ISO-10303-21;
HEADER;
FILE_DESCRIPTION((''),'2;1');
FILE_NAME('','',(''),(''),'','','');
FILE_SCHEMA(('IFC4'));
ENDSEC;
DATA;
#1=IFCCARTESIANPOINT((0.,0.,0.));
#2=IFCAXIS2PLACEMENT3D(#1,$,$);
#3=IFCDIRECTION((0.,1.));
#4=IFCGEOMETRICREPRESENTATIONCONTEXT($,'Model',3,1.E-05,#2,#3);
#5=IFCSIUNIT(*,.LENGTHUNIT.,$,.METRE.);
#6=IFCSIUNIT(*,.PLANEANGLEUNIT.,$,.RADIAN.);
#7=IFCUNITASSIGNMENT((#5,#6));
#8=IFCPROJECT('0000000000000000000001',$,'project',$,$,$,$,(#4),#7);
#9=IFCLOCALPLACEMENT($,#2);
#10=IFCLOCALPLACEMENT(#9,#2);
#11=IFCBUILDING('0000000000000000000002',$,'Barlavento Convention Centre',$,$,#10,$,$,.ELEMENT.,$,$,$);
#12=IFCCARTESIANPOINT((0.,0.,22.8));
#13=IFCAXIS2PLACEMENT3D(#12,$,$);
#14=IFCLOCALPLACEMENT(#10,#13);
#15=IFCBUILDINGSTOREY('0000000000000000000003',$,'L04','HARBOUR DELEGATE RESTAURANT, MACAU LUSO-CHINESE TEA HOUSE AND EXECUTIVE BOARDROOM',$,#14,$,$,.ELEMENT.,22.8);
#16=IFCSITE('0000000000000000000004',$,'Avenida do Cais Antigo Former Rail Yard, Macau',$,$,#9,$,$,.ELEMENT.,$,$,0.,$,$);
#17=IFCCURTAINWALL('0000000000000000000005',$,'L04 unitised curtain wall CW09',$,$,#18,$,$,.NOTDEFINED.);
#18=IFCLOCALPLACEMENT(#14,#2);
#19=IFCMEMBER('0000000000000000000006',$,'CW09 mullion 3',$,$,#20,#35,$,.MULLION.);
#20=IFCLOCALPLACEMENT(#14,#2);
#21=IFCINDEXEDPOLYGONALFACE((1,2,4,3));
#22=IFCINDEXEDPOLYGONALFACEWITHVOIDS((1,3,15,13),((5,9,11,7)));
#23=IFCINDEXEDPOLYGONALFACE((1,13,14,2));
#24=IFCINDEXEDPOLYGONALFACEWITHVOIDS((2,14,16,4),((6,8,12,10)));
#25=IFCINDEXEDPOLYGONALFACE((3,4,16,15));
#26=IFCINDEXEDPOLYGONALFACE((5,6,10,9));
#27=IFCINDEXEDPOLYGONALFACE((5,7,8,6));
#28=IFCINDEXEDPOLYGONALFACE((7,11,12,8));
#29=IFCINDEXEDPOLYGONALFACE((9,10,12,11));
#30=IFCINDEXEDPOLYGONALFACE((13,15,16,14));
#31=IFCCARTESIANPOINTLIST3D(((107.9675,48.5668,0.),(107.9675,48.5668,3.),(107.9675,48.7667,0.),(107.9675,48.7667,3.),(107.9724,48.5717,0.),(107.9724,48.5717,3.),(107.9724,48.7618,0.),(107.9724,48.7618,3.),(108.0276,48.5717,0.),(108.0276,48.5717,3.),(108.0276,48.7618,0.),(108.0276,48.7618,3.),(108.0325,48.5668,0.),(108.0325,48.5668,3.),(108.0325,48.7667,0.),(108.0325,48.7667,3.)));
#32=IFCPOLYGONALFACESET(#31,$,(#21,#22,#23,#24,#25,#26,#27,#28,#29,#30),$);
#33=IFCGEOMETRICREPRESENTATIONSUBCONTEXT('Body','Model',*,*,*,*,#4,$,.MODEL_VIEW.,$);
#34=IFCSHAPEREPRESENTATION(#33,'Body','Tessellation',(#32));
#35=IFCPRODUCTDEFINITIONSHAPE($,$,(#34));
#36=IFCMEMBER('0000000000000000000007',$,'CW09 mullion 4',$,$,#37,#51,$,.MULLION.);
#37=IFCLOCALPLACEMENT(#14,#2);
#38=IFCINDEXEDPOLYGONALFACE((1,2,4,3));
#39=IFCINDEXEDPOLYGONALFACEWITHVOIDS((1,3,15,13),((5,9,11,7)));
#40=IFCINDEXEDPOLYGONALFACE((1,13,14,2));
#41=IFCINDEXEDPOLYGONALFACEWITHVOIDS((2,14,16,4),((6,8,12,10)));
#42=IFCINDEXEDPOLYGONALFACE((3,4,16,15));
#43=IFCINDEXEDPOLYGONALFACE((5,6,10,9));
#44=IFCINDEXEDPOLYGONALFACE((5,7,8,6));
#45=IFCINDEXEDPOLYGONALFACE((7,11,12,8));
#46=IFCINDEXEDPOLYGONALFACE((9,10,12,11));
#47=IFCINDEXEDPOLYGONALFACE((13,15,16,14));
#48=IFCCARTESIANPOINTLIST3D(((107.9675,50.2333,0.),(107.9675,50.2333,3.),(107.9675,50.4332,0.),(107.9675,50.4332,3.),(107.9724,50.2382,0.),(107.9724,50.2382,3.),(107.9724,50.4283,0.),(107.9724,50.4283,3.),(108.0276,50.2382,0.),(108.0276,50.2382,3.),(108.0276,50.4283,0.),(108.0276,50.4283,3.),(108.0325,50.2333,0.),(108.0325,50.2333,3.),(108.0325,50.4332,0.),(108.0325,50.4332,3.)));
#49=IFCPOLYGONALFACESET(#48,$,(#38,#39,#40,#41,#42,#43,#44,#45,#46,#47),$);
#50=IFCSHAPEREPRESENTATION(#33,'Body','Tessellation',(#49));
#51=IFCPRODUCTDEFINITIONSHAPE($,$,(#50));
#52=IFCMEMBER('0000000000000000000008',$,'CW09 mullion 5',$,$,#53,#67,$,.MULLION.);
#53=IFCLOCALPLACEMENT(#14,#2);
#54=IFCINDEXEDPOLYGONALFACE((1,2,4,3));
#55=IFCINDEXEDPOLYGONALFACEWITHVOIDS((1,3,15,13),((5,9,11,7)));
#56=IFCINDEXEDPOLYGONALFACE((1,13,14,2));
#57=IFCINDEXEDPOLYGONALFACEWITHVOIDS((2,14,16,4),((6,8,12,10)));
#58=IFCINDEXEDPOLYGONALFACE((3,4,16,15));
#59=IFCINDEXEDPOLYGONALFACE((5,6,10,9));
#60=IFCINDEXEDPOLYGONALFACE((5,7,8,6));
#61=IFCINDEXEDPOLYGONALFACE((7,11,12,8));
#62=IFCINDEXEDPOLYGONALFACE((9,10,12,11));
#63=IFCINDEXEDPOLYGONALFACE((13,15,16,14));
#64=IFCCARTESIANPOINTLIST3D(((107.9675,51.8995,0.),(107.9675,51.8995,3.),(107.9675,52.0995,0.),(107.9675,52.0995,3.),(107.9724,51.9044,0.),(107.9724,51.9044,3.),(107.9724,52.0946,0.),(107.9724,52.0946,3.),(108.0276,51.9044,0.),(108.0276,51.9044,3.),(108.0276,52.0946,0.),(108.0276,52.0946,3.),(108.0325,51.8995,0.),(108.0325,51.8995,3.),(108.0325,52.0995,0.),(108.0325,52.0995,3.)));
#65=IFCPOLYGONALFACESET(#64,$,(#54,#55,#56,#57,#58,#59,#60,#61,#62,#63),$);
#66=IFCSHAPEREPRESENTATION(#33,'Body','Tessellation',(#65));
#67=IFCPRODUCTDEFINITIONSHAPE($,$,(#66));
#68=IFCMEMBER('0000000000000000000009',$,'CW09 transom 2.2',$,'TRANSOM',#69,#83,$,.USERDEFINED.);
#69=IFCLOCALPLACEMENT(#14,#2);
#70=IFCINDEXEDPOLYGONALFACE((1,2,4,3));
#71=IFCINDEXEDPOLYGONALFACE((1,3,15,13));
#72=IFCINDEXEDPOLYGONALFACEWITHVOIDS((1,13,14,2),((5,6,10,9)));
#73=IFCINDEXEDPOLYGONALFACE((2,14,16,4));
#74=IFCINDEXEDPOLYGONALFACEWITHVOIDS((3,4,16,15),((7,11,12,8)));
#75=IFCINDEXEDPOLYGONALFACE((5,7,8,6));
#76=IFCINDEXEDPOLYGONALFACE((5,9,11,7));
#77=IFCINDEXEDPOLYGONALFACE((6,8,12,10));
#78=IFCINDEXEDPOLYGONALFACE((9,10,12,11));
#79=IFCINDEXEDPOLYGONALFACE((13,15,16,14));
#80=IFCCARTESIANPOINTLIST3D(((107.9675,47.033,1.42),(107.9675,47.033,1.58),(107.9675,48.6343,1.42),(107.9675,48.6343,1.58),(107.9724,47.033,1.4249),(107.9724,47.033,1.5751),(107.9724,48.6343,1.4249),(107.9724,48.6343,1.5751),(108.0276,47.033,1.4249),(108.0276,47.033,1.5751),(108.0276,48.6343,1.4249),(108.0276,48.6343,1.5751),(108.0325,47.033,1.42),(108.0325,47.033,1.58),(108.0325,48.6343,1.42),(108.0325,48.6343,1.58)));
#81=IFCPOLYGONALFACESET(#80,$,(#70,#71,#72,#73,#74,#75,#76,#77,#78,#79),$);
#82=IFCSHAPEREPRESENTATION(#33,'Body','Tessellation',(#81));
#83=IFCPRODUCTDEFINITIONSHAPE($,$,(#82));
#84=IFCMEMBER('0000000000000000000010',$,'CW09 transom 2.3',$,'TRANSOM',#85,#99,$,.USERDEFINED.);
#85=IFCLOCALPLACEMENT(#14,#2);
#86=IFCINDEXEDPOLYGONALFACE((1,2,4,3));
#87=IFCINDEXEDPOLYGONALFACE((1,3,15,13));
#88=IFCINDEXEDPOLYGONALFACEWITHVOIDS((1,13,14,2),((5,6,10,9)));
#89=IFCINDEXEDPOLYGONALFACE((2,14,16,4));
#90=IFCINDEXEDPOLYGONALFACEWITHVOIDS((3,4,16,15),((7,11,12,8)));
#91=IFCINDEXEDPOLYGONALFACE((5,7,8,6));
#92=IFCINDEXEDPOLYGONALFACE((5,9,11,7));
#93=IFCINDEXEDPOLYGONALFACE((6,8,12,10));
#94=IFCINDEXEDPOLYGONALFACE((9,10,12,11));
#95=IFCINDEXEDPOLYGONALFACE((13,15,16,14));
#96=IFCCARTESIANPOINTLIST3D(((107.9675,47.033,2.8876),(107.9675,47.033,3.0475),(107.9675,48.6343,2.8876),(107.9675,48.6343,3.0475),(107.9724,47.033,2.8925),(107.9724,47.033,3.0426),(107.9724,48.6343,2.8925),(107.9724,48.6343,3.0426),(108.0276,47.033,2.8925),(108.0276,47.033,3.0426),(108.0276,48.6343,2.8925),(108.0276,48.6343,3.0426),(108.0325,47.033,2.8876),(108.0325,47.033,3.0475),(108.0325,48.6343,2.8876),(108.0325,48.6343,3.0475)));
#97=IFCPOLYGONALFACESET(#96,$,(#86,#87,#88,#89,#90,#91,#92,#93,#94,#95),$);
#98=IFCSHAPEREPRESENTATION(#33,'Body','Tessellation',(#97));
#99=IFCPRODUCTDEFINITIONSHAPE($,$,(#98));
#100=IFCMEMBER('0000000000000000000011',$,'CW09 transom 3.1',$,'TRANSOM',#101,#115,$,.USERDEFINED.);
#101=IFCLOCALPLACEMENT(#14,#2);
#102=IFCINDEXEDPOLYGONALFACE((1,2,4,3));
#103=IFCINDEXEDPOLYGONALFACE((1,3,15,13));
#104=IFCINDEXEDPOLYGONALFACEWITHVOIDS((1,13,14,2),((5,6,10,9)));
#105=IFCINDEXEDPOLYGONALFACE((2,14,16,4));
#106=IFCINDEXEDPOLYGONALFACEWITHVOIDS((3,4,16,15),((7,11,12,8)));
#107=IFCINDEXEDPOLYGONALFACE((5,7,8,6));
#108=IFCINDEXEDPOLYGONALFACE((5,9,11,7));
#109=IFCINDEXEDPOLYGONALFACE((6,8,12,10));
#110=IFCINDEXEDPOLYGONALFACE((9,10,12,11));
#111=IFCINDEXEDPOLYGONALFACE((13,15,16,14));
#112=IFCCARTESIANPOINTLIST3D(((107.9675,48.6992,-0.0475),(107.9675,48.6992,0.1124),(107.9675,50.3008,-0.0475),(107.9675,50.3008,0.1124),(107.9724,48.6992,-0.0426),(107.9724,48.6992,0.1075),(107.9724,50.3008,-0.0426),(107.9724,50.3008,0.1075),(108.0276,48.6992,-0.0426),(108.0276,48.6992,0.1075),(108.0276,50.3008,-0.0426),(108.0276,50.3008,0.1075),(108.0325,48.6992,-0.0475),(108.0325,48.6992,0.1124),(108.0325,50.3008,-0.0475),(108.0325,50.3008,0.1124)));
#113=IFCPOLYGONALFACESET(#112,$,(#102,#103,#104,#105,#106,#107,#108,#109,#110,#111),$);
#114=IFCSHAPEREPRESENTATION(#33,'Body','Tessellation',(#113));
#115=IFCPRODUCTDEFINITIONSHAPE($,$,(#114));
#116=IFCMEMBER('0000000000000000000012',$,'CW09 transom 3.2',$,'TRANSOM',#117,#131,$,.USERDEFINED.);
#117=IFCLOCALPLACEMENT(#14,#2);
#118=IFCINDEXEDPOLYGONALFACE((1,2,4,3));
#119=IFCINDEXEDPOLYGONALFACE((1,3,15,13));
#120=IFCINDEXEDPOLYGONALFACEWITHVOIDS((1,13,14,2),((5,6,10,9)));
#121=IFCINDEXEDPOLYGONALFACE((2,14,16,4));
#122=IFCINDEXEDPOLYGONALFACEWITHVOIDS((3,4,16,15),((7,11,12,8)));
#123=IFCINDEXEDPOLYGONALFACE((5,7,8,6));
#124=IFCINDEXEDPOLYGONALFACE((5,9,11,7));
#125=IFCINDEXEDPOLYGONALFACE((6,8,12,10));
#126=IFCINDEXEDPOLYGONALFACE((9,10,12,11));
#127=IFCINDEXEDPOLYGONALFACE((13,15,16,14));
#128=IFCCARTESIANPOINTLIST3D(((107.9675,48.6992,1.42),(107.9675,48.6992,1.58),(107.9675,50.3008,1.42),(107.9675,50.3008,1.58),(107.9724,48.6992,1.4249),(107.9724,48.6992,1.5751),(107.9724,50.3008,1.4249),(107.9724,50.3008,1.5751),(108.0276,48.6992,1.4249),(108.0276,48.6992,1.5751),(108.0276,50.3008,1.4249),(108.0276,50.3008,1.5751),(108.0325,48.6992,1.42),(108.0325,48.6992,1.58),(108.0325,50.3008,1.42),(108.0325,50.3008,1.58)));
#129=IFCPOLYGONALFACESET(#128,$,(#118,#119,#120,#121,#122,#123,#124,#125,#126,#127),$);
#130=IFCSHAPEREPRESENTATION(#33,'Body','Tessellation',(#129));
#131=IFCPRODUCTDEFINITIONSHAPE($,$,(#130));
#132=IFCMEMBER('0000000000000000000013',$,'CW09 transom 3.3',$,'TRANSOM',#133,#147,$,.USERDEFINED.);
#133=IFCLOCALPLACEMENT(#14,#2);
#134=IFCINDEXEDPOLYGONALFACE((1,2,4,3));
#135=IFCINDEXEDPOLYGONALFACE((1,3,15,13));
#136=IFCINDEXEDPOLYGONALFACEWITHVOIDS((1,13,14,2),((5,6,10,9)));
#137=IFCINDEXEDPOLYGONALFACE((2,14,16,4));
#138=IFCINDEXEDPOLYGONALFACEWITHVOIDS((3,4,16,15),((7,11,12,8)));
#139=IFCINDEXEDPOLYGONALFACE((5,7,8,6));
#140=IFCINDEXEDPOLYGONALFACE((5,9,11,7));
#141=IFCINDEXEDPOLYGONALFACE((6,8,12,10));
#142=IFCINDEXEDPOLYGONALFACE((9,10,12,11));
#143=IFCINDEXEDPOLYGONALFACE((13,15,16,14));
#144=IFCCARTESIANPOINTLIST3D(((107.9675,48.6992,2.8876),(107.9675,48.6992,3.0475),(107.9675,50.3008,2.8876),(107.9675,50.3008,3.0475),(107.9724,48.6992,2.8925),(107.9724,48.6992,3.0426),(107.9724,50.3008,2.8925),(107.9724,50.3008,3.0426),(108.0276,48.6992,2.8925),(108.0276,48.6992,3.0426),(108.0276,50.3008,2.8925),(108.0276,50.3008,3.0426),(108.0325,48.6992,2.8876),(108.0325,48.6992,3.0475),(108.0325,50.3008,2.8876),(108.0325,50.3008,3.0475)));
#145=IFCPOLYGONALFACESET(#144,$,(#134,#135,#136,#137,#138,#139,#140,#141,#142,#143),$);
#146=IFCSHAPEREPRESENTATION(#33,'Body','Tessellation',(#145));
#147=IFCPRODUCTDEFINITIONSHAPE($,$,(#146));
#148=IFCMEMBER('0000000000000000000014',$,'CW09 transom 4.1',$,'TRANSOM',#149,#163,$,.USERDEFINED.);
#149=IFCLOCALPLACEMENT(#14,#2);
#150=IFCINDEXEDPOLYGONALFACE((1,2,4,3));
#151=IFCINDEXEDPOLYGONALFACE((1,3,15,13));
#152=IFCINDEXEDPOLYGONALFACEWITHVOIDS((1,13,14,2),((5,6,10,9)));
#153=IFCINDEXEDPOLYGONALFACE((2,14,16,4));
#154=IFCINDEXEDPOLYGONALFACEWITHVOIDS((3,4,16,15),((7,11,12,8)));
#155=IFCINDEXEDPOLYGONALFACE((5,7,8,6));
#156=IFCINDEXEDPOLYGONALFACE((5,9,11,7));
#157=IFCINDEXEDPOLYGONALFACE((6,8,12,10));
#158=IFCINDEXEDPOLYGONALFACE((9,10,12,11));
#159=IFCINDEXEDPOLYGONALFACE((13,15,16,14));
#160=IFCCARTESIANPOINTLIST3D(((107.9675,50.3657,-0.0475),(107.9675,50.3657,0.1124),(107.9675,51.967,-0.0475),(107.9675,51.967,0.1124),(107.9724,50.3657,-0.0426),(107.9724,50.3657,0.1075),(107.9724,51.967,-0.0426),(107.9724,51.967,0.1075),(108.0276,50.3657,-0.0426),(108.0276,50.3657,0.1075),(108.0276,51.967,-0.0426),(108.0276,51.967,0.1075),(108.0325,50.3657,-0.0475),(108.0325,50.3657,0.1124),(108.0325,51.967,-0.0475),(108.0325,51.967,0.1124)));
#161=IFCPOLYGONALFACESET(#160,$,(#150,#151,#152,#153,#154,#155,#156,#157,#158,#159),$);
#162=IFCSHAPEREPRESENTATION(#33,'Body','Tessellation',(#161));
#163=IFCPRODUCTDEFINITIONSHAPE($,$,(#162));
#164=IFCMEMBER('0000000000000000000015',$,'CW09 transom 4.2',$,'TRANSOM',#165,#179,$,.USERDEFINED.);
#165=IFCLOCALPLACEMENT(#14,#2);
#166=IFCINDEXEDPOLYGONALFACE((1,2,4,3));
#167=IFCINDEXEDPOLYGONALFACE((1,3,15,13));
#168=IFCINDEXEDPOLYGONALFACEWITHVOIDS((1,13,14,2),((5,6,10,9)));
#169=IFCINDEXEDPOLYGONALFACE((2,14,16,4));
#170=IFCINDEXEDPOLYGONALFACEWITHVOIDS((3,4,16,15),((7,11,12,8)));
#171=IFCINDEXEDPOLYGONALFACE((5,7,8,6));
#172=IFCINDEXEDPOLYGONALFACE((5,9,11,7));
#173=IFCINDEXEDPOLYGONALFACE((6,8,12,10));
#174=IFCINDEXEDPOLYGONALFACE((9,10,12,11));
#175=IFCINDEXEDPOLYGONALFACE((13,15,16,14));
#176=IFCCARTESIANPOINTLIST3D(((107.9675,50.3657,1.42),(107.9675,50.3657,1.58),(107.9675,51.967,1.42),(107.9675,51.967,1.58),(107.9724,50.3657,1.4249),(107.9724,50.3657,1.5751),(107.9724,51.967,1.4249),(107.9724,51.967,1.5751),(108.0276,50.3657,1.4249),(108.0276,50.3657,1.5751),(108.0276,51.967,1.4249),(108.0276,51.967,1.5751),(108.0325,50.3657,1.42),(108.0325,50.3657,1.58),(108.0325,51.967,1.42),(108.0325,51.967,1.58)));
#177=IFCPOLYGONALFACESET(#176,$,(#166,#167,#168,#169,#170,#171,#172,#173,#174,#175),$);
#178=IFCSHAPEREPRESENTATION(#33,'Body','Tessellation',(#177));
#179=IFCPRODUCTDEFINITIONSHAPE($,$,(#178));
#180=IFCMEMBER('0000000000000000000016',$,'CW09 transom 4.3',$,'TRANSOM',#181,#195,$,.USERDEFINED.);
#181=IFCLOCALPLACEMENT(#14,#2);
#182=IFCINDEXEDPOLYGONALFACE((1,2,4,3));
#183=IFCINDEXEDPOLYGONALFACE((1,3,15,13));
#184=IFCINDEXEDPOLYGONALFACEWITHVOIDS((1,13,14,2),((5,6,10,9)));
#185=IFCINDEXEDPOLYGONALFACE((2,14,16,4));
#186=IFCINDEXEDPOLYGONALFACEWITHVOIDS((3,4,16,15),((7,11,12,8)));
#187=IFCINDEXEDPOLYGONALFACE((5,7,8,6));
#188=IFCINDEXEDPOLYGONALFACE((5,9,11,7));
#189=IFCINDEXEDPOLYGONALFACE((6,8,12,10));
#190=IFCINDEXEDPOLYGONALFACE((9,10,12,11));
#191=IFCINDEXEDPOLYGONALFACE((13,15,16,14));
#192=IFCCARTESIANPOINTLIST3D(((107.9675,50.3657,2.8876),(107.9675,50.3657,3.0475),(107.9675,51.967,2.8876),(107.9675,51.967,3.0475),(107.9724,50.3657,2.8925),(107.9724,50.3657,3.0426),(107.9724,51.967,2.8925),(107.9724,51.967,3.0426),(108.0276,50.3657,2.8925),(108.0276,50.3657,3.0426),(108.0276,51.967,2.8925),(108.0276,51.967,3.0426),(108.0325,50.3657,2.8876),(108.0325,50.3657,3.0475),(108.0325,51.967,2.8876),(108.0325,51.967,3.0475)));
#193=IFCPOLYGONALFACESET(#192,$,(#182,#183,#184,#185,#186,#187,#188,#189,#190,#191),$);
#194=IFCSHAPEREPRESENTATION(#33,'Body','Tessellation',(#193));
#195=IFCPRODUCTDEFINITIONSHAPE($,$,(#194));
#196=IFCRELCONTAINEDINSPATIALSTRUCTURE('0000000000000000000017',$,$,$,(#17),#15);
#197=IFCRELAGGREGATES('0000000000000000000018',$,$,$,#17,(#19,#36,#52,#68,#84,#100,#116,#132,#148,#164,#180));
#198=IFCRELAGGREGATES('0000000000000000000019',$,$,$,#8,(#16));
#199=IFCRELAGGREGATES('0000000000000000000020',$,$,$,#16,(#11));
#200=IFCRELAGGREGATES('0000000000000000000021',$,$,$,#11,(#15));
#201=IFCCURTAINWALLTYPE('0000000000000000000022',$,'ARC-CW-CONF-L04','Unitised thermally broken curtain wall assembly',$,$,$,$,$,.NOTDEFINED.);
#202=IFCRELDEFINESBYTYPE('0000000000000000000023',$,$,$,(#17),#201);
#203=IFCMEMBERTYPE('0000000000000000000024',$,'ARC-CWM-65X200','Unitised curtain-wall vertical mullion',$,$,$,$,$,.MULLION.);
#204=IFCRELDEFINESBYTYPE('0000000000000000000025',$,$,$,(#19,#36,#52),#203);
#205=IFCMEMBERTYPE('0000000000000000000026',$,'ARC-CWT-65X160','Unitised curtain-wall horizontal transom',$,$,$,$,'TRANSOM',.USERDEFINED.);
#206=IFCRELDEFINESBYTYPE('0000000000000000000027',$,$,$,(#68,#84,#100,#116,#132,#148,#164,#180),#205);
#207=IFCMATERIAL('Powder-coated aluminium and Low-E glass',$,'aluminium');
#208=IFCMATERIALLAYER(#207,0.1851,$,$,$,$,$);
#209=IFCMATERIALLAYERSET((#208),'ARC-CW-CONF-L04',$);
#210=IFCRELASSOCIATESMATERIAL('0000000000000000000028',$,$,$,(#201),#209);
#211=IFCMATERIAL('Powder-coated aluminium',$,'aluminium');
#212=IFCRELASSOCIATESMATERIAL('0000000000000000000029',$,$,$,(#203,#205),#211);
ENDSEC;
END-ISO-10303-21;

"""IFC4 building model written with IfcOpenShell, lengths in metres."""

from ifc_helpers import new_model, si_unit, direction, frame, origin, origin_2d, place, context, subcontext, project, spatial, hollow_rectangle, extrude, material, layer, layer_set, material_profile, profile_set, type_object, element, aggregate, save


model = new_model("IFC4")

# Units and contexts
model_context = context("Model", 3, precision=1e-05, world=origin(), true_north=direction((0.0, 1.0)))
body_context = subcontext(model_context, "Body", "Model", "MODEL_VIEW")
ifc_project = project(units=[si_unit("LENGTHUNIT", "METRE"), si_unit("PLANEANGLEUNIT", "RADIAN")], contexts=[model_context])

# Site, building, storey
site_placement = place(None, origin())
site = spatial("IfcSite", under=ifc_project, at=site_placement, Name="Avenida do Cais Antigo Former Rail Yard, Macau", CompositionType="ELEMENT", RefElevation=0.0)
building_placement = place(site_placement, origin())
building = spatial("IfcBuilding", under=site, at=building_placement, Name="Barlavento Convention Centre", CompositionType="ELEMENT")
storey_placement = place(building_placement, frame((0.0, 0.0, 22.8)))
storey = spatial("IfcBuildingStorey", under=building, at=storey_placement, Name="L04", Description="HARBOUR DELEGATE RESTAURANT, MACAU LUSO-CHINESE TEA HOUSE AND EXECUTIVE BOARDROOM", CompositionType="ELEMENT", Elevation=22.8)

# Curtain wall, members
ifc_material_1 = material(Name="Powder-coated aluminium and Low-E glass", Category="aluminium")
ifc_layer_1 = layer(ifc_material_1, 0.1851)
ifc_layer_set_1 = layer_set([ifc_layer_1], Name="ARC-CW-CONF-L04")
curtain_wall_type = type_object("IfcCurtainWallType", Name="ARC-CW-CONF-L04", Description="Unitised thermally broken curtain wall assembly", PredefinedType="NOTDEFINED", material=ifc_layer_set_1)
curtain_wall_placement = place(storey_placement, origin())
curtain_wall = element("IfcCurtainWall", 1, at=curtain_wall_placement, inside=storey, type_object=curtain_wall_type, Name="L04 unitised curtain wall CW09", PredefinedType="NOTDEFINED")
ifc_material_2 = material(Name="Powder-coated aluminium", Category="aluminium")
ifc_material_profile_1 = material_profile(ifc_material_2, hollow_rectangle(XDim=0.0649, YDim=0.2, WallThickness=0.0049, at=origin_2d()), Name="AL-MULL 65x200x5")
ifc_profile_set_1 = profile_set([ifc_material_profile_1], Name="Powder-coated aluminium")
member_type_1 = type_object("IfcMemberType", Name="ARC-CWM-65X200", Description="Unitised curtain-wall vertical mullion", PredefinedType="MULLION", material=ifc_profile_set_1)
member_1_placement = place(storey_placement, frame((108.0, 48.6667, 0.0), z_axis=(0.0, 0.0, 1.0), x_axis=(-1.0, 0.0, 0.0)))
member_1 = element("IfcMember", 2, at=member_1_placement, type_object=member_type_1, Name="CW09 mullion 3", PredefinedType="MULLION", context=body_context, shape_type="SweptSolid", body=[
    extrude(hollow_rectangle(XDim=0.0649, YDim=0.2, WallThickness=0.0049, at=origin_2d()), origin(), (0.0, 0.0, 1.0), 3.0),
])
member_2_placement = place(storey_placement, frame((108.0, 50.3333, 0.0), z_axis=(0.0, 0.0, 1.0), x_axis=(-1.0, 0.0, 0.0)))
member_2 = element("IfcMember", 3, at=member_2_placement, type_object=member_type_1, Name="CW09 mullion 4", PredefinedType="MULLION", context=body_context, shape_type="SweptSolid", body=[
    extrude(hollow_rectangle(XDim=0.0649, YDim=0.2, WallThickness=0.0049, at=origin_2d()), origin(), (0.0, 0.0, 1.0), 3.0),
])
member_3_placement = place(storey_placement, frame((108.0, 51.9995, 0.0), z_axis=(0.0, 0.0, 1.0), x_axis=(-1.0, 0.0, 0.0)))
member_3 = element("IfcMember", 4, at=member_3_placement, type_object=member_type_1, Name="CW09 mullion 5", PredefinedType="MULLION", context=body_context, shape_type="SweptSolid", body=[
    extrude(hollow_rectangle(XDim=0.0649, YDim=0.2, WallThickness=0.0049, at=origin_2d()), origin(), (0.0, 0.0, 1.0), 3.0),
])
ifc_material_profile_2 = material_profile(ifc_material_2, hollow_rectangle(XDim=0.0649, YDim=0.1599, WallThickness=0.0049, at=origin_2d()), Name="AL-TRAN 65x160x5")
ifc_profile_set_2 = profile_set([ifc_material_profile_2], Name="Powder-coated aluminium")
member_type_2 = type_object("IfcMemberType", Name="ARC-CWT-65X160", Description="Unitised curtain-wall horizontal transom", ElementType="TRANSOM", PredefinedType="USERDEFINED", material=ifc_profile_set_2)
member_4_placement = place(storey_placement, frame((108.0, 47.033, 1.5), z_axis=(0.0, 1.0, 0.0), x_axis=(-1.0, 0.0, 0.0)))
member_4 = element("IfcMember", 5, at=member_4_placement, type_object=member_type_2, Name="CW09 transom 2.2", ObjectType="TRANSOM", PredefinedType="USERDEFINED", context=body_context, shape_type="SweptSolid", body=[
    extrude(hollow_rectangle(XDim=0.0649, YDim=0.1599, WallThickness=0.0049, at=origin_2d()), origin(), (0.0, 0.0, 1.0), 1.6013),
])
member_5_placement = place(storey_placement, frame((108.0, 47.033, 2.9675), z_axis=(0.0, 1.0, 0.0), x_axis=(-1.0, 0.0, 0.0)))
member_5 = element("IfcMember", 6, at=member_5_placement, type_object=member_type_2, Name="CW09 transom 2.3", ObjectType="TRANSOM", PredefinedType="USERDEFINED", context=body_context, shape_type="SweptSolid", body=[
    extrude(hollow_rectangle(XDim=0.0649, YDim=0.1599, WallThickness=0.0049, at=origin_2d()), origin(), (0.0, 0.0, 1.0), 1.6013),
])
member_6_placement = place(storey_placement, frame((108.0, 48.6992, 0.0325), z_axis=(0.0, 1.0, 0.0), x_axis=(-1.0, 0.0, 0.0)))
member_6 = element("IfcMember", 7, at=member_6_placement, type_object=member_type_2, Name="CW09 transom 3.1", ObjectType="TRANSOM", PredefinedType="USERDEFINED", context=body_context, shape_type="SweptSolid", body=[
    extrude(hollow_rectangle(XDim=0.0649, YDim=0.1599, WallThickness=0.0049, at=origin_2d()), origin(), (0.0, 0.0, 1.0), 1.6016),
])
member_7_placement = place(storey_placement, frame((108.0, 48.6992, 1.5), z_axis=(0.0, 1.0, 0.0), x_axis=(-1.0, 0.0, 0.0)))
member_7 = element("IfcMember", 8, at=member_7_placement, type_object=member_type_2, Name="CW09 transom 3.2", ObjectType="TRANSOM", PredefinedType="USERDEFINED", context=body_context, shape_type="SweptSolid", body=[
    extrude(hollow_rectangle(XDim=0.0649, YDim=0.1599, WallThickness=0.0049, at=origin_2d()), origin(), (0.0, 0.0, 1.0), 1.6016),
])
member_8_placement = place(storey_placement, frame((108.0, 48.6992, 2.9675), z_axis=(0.0, 1.0, 0.0), x_axis=(-1.0, 0.0, 0.0)))
member_8 = element("IfcMember", 9, at=member_8_placement, type_object=member_type_2, Name="CW09 transom 3.3", ObjectType="TRANSOM", PredefinedType="USERDEFINED", context=body_context, shape_type="SweptSolid", body=[
    extrude(hollow_rectangle(XDim=0.0649, YDim=0.1599, WallThickness=0.0049, at=origin_2d()), origin(), (0.0, 0.0, 1.0), 1.6016),
])
member_9_placement = place(storey_placement, frame((108.0, 50.3657, 0.0325), z_axis=(0.0, 1.0, 0.0), x_axis=(-1.0, 0.0, 0.0)))
member_9 = element("IfcMember", 10, at=member_9_placement, type_object=member_type_2, Name="CW09 transom 4.1", ObjectType="TRANSOM", PredefinedType="USERDEFINED", context=body_context, shape_type="SweptSolid", body=[
    extrude(hollow_rectangle(XDim=0.0649, YDim=0.1599, WallThickness=0.0049, at=origin_2d()), origin(), (0.0, 0.0, 1.0), 1.6013),
])
member_10_placement = place(storey_placement, frame((108.0, 50.3657, 1.5), z_axis=(0.0, 1.0, 0.0), x_axis=(-1.0, 0.0, 0.0)))
member_10 = element("IfcMember", 11, at=member_10_placement, type_object=member_type_2, Name="CW09 transom 4.2", ObjectType="TRANSOM", PredefinedType="USERDEFINED", context=body_context, shape_type="SweptSolid", body=[
    extrude(hollow_rectangle(XDim=0.0649, YDim=0.1599, WallThickness=0.0049, at=origin_2d()), origin(), (0.0, 0.0, 1.0), 1.6013),
])
member_11_placement = place(storey_placement, frame((108.0, 50.3657, 2.9675), z_axis=(0.0, 1.0, 0.0), x_axis=(-1.0, 0.0, 0.0)))
member_11 = element("IfcMember", 12, at=member_11_placement, type_object=member_type_2, Name="CW09 transom 4.3", ObjectType="TRANSOM", PredefinedType="USERDEFINED", context=body_context, shape_type="SweptSolid", body=[
    extrude(hollow_rectangle(XDim=0.0649, YDim=0.1599, WallThickness=0.0049, at=origin_2d()), origin(), (0.0, 0.0, 1.0), 1.6013),
])
aggregate(curtain_wall, [member_1, member_2, member_3, member_4, member_5, member_6, member_7, member_8, member_9, member_10, member_11])

save(model, "model.ifc")
